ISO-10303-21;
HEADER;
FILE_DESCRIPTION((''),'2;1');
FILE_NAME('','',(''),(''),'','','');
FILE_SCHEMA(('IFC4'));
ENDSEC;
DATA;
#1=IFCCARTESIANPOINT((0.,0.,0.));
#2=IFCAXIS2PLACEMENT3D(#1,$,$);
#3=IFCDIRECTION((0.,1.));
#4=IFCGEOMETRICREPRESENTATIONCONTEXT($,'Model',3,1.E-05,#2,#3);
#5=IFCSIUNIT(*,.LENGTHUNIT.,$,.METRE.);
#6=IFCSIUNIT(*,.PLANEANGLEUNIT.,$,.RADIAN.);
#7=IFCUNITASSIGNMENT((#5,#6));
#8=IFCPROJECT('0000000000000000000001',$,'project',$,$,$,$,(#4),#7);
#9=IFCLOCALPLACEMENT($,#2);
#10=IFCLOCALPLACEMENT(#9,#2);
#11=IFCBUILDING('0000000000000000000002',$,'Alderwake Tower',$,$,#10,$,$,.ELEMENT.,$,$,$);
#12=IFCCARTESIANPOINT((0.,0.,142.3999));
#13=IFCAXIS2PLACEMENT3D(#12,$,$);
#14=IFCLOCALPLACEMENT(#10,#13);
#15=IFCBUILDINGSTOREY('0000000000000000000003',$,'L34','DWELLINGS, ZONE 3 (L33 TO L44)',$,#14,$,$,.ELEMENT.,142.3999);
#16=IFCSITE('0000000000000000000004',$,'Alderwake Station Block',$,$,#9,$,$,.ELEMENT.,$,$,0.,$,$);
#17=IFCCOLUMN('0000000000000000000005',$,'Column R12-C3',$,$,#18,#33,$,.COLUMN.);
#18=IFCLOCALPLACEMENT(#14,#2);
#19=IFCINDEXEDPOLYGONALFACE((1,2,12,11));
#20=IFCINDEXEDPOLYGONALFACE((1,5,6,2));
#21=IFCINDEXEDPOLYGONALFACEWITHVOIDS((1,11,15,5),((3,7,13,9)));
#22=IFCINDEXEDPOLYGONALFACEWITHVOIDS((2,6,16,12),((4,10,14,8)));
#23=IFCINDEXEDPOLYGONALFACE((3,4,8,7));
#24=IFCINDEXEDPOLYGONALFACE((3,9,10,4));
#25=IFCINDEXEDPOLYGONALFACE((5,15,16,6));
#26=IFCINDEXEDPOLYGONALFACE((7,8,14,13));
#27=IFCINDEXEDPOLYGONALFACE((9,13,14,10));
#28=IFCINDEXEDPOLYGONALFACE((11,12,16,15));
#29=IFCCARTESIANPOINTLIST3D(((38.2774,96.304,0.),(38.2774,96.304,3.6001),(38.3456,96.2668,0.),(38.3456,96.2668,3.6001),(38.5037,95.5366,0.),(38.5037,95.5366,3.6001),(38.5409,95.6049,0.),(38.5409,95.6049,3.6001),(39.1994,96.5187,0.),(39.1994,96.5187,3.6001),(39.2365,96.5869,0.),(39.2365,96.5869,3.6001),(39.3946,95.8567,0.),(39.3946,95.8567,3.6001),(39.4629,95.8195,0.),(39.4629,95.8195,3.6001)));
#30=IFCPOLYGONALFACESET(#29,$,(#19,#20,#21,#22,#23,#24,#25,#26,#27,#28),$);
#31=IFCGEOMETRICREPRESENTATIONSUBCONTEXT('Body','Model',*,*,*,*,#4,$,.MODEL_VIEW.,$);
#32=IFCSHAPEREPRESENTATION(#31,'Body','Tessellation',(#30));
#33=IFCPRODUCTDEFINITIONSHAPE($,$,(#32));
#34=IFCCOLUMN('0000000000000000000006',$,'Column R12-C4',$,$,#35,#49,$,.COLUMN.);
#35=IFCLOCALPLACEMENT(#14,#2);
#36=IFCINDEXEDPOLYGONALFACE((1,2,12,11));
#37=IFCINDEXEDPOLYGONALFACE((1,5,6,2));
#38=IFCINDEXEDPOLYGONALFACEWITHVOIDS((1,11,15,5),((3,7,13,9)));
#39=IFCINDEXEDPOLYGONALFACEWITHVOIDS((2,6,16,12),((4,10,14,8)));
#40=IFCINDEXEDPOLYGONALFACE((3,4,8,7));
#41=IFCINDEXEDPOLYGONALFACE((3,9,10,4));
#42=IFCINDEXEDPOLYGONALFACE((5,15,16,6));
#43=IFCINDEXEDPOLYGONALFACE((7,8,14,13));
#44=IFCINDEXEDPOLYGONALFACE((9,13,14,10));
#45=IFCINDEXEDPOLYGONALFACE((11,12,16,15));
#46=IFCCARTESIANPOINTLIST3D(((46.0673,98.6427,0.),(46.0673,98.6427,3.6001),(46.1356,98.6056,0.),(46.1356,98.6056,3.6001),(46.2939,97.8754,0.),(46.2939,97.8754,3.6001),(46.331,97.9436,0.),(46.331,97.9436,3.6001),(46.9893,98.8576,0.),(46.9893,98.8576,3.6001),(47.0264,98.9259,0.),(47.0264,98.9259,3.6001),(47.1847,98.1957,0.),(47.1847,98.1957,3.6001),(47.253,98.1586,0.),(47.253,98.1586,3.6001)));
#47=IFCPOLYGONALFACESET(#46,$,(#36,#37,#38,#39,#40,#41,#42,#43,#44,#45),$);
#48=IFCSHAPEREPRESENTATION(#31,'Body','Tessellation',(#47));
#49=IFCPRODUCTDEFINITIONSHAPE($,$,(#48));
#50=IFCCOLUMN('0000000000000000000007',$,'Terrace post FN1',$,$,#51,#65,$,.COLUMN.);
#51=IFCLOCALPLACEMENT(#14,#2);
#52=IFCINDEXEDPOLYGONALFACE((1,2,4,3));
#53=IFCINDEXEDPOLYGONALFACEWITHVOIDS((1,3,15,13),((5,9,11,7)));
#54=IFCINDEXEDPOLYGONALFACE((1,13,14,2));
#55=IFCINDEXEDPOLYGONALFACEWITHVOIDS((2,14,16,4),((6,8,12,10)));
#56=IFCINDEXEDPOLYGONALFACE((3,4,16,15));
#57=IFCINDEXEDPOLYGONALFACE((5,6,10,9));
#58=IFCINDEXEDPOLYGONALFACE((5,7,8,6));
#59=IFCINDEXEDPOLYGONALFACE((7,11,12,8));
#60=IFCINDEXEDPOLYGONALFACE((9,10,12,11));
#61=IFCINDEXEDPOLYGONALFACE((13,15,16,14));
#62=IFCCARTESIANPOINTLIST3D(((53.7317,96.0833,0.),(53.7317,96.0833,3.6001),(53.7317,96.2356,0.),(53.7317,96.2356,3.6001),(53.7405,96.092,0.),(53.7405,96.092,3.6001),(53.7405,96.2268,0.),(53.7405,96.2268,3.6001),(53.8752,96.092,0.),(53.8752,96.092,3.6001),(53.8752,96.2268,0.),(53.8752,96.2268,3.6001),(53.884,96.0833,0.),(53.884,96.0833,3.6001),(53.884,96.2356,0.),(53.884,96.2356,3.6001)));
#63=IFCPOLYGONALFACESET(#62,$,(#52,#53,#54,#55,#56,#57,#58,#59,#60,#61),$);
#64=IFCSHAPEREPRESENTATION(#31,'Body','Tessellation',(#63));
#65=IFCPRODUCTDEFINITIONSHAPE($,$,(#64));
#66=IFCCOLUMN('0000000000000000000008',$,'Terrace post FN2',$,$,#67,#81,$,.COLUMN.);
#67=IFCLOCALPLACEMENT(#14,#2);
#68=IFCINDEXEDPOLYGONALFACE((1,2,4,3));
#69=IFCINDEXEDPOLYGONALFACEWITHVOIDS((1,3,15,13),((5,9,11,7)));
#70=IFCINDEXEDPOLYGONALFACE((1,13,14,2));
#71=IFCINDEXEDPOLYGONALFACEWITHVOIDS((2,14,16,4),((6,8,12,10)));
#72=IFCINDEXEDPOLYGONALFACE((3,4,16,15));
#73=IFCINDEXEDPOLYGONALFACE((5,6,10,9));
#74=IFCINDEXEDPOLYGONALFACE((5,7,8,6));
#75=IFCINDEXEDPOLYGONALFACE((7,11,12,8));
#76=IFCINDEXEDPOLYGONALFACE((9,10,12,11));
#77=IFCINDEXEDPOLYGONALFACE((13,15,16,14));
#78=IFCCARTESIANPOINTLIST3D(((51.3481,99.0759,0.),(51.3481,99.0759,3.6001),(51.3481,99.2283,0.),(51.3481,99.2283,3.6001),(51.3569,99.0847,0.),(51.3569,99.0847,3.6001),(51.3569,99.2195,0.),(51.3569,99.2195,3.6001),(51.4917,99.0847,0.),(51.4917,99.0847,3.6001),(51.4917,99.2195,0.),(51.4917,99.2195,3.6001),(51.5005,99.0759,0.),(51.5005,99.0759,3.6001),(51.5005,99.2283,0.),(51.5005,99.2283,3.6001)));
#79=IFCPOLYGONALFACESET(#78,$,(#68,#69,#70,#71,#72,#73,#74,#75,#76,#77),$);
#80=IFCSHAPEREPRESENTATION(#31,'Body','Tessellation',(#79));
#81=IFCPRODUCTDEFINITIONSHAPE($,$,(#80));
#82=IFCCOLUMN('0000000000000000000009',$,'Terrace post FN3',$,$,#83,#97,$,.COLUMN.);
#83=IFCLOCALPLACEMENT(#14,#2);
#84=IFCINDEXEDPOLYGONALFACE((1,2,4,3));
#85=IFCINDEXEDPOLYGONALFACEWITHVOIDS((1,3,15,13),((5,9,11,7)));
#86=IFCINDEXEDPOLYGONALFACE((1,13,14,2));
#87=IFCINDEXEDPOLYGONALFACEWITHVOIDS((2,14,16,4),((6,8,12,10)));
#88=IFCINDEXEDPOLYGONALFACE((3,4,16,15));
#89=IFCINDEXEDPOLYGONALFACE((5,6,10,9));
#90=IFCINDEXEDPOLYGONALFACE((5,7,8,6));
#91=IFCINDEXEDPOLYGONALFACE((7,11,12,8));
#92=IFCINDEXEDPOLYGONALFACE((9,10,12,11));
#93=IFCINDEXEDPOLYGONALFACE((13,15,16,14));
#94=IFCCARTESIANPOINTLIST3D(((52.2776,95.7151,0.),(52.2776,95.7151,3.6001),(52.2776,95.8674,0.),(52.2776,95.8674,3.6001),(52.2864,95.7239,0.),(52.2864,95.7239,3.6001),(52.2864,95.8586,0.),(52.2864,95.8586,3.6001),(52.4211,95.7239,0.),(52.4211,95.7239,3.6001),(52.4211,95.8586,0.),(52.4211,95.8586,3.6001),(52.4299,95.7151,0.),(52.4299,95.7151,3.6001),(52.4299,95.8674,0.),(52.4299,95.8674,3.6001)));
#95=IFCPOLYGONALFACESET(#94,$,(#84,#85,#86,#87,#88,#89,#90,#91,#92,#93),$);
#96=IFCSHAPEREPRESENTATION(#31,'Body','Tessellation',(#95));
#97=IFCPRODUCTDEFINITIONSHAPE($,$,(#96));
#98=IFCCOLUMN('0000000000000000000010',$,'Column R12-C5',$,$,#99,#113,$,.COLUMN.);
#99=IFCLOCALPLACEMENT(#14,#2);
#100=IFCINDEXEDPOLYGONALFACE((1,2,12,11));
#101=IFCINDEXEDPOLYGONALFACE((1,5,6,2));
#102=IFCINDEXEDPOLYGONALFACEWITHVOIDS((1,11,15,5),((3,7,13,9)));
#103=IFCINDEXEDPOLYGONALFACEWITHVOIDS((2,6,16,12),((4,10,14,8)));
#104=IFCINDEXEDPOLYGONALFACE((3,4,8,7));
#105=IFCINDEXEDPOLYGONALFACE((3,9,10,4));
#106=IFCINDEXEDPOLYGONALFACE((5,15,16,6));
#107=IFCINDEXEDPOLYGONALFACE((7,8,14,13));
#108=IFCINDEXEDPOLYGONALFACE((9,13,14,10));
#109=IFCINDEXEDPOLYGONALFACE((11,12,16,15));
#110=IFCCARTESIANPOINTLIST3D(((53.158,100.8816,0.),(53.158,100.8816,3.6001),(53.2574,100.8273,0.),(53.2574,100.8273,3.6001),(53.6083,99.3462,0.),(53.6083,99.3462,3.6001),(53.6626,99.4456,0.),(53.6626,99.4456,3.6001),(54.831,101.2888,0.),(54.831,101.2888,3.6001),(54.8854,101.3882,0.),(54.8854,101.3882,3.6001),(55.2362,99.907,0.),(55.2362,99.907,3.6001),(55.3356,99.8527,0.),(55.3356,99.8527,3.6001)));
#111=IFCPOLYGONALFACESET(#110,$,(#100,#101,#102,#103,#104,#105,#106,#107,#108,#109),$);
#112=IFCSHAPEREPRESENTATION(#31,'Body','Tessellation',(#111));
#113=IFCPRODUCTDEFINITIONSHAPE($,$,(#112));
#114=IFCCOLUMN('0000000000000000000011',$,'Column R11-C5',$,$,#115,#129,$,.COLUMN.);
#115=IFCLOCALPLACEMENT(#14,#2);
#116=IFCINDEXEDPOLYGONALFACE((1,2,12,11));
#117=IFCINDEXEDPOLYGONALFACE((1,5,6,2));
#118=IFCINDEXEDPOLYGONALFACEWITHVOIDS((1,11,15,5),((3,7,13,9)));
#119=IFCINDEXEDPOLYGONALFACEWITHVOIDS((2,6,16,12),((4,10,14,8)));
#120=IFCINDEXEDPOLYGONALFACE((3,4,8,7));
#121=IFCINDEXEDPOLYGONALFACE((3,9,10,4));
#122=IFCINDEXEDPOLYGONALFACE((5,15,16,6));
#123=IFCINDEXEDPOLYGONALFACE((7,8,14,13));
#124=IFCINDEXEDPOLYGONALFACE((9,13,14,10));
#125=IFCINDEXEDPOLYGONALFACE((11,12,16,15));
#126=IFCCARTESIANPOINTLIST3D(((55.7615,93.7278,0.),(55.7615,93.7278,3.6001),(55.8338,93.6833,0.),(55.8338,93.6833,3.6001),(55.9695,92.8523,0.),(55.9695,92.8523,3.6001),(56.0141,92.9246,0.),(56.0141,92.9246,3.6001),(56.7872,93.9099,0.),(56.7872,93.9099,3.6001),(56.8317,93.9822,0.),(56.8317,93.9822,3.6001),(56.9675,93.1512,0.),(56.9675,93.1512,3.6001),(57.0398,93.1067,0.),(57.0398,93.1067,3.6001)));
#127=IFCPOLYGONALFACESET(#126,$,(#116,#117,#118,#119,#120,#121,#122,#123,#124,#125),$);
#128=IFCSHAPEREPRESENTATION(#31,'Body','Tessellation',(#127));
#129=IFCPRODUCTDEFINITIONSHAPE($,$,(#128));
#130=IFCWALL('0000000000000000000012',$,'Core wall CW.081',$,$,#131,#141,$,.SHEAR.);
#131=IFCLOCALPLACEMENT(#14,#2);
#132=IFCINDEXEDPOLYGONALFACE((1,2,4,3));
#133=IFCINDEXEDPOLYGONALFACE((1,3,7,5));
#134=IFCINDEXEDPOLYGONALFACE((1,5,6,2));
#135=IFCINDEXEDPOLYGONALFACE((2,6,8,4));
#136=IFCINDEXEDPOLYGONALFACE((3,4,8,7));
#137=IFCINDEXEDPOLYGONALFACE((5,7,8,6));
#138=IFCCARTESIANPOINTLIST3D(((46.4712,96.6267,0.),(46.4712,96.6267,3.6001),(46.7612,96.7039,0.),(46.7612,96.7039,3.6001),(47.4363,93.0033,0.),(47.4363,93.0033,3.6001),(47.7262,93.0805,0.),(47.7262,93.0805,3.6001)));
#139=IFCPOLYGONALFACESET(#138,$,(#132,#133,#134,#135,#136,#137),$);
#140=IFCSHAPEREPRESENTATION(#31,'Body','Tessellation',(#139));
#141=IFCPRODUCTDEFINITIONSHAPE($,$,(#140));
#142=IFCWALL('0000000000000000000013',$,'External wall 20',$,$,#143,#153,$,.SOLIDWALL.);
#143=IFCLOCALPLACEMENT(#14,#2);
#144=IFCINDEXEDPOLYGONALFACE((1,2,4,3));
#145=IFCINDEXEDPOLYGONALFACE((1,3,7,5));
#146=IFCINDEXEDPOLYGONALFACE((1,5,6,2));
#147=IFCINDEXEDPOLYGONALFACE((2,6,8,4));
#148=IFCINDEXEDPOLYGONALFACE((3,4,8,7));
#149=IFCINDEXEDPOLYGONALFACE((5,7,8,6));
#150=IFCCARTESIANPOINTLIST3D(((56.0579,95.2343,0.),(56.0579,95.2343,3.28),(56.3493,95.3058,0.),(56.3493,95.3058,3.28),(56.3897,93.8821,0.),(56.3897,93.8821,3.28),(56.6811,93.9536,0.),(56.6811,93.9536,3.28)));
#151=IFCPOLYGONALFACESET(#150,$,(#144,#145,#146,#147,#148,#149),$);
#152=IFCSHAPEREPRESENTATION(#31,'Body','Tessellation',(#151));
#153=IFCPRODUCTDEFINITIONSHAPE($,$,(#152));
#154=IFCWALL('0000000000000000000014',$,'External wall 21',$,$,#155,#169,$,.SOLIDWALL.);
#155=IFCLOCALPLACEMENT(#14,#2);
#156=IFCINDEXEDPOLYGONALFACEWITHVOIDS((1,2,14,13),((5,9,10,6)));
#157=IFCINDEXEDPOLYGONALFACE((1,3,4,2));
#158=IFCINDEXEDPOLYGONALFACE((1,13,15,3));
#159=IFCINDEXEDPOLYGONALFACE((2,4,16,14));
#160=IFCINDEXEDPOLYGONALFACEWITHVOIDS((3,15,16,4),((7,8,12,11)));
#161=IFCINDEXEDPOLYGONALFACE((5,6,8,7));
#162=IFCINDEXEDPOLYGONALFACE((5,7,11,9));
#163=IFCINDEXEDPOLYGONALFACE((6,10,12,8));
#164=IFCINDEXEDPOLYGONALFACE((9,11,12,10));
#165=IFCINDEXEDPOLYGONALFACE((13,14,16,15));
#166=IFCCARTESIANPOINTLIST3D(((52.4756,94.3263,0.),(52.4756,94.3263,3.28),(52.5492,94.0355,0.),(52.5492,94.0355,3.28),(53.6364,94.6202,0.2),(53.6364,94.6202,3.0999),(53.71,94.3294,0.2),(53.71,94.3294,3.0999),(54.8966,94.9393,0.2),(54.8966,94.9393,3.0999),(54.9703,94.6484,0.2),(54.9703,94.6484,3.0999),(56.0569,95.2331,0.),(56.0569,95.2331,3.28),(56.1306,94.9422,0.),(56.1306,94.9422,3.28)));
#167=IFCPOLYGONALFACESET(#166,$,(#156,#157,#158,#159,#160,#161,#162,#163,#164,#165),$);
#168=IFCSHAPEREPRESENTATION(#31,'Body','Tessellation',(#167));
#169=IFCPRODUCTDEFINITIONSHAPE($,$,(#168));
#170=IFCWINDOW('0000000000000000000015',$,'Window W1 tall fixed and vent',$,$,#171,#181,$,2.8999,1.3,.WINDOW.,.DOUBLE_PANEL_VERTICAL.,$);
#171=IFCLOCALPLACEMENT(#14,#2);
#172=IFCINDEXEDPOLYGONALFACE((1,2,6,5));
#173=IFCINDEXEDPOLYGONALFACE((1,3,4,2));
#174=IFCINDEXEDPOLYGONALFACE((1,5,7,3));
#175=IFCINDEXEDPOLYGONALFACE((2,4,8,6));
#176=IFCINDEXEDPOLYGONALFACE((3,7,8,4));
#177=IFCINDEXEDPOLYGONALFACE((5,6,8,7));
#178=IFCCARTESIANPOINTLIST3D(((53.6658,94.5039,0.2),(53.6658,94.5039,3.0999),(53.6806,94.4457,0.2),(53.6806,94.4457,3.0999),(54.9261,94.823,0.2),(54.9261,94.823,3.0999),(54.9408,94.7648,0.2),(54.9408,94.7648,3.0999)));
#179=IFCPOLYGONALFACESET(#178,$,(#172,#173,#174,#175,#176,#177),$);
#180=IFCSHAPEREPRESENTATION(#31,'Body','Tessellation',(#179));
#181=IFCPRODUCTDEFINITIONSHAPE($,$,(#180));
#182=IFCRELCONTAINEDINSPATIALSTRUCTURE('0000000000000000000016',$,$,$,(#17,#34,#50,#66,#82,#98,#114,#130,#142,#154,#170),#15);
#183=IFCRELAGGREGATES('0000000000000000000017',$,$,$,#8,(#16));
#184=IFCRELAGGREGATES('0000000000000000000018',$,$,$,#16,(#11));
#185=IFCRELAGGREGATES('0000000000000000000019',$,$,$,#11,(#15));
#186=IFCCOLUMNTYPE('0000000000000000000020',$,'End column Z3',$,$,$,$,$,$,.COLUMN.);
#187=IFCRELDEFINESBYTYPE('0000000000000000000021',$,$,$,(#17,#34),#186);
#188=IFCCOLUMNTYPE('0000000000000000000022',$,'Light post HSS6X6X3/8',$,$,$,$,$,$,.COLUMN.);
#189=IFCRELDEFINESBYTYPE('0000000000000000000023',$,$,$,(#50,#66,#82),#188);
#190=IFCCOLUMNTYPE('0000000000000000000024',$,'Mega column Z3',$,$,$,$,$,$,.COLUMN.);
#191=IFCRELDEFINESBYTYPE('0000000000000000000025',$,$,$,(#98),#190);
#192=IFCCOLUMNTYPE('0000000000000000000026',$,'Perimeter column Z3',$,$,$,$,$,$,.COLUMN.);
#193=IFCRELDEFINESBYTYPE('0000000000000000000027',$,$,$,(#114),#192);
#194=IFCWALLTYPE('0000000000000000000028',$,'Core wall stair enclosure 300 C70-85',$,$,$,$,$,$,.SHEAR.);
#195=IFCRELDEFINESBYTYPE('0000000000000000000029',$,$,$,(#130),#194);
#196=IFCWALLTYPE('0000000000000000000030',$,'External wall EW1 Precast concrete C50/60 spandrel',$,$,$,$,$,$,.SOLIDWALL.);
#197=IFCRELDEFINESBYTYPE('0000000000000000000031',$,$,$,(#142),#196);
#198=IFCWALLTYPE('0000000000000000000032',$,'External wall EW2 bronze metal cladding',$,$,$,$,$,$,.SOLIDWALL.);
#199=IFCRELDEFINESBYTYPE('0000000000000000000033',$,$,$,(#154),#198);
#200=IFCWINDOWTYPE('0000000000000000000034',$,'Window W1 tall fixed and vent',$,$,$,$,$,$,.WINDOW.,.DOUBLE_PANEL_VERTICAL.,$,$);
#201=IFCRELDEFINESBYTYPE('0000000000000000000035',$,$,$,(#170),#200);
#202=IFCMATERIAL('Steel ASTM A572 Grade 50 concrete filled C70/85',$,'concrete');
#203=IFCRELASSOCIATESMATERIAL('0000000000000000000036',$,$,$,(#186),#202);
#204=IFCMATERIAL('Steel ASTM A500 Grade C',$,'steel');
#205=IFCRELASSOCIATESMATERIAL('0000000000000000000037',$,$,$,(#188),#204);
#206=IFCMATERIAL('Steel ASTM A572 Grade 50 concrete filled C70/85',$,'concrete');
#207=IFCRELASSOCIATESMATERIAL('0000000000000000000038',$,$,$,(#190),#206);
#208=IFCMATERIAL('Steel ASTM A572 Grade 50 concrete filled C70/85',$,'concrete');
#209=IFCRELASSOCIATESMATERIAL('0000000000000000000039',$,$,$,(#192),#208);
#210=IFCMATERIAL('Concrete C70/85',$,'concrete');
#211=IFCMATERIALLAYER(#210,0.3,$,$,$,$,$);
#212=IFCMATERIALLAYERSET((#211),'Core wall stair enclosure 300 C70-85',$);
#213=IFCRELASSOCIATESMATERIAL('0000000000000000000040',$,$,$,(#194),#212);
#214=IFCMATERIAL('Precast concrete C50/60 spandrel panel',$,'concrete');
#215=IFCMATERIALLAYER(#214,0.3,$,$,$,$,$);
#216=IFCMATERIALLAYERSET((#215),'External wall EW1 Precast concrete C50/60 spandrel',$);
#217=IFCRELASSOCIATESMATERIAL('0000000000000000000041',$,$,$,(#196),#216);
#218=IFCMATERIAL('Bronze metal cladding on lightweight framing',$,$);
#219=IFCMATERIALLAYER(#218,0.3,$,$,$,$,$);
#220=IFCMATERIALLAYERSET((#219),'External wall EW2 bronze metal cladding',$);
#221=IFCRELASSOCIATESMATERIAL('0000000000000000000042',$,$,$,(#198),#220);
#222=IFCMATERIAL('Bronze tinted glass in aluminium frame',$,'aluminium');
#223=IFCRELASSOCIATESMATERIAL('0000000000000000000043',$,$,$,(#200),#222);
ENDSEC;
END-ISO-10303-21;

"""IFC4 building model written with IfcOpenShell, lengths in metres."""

from ifc_helpers import new_model, si_unit, direction, frame, frame_2d, origin, origin_2d, place, context, subcontext, project, spatial, rectangle, hollow_rectangle, extrude, material, layer, layer_set, material_profile, profile_set, type_object, element, fill, save


model = new_model("IFC4")

# Units and contexts
model_context = context("Model", 3, precision=1e-05, world=origin(), true_north=direction((0.0, 1.0)))
body_context = subcontext(model_context, "Body", "Model", "MODEL_VIEW")
ifc_project = project(units=[si_unit("LENGTHUNIT", "METRE"), si_unit("PLANEANGLEUNIT", "RADIAN")], contexts=[model_context])

# Site, building, storey
site_placement = place(None, origin())
site = spatial("IfcSite", under=ifc_project, at=site_placement, Name="Alderwake Station Block", CompositionType="ELEMENT", RefElevation=0.0)
building_placement = place(site_placement, origin())
building = spatial("IfcBuilding", under=site, at=building_placement, Name="Alderwake Tower", CompositionType="ELEMENT")
storey_placement = place(building_placement, frame((0.0, 0.0, 142.3999)))
storey = spatial("IfcBuildingStorey", under=building, at=storey_placement, Name="L34", Description="DWELLINGS, ZONE 3 (L33 TO L44)", CompositionType="ELEMENT", Elevation=142.3999)

# Columns
ifc_material_1 = material(Name="Steel ASTM A572 Grade 50 concrete filled C70/85", Category="concrete")
ifc_material_profile_1 = material_profile(ifc_material_1, hollow_rectangle(XDim=0.8, YDim=1.0, WallThickness=0.0549, at=origin_2d()), Name="BOX 1000X800X55")
ifc_profile_set_1 = profile_set([ifc_material_profile_1], Name="Steel ASTM A572 Grade 50 concrete filled C70/85")
column_type_1 = type_object("IfcColumnType", Name="End column Z3", PredefinedType="COLUMN", material=ifc_profile_set_1)
for number, where, z_axis, x_axis, name in (
    (1, (38.8701, 96.0618, 0.0), (0.0, 0.0, 1.0), (-0.282909, 0.959147, 0.0), "Column R12-C3"),
    (2, (46.6602, 98.4006, 0.0), (0.0, 0.0, 1.0), (-0.283195, 0.959062, 0.0), "Column R12-C4"),
):
    element("IfcColumn", number, at=place(storey_placement, frame(where, z_axis=z_axis, x_axis=x_axis)), inside=storey, type_object=column_type_1, Name=name, PredefinedType="COLUMN", context=body_context, shape_type="SweptSolid", body=[
        extrude(hollow_rectangle(XDim=0.8, YDim=1.0, WallThickness=0.0549, at=origin_2d()), origin(), (0.0, 0.0, 1.0), 3.6001),
    ])
ifc_material_2 = material(Name="Steel ASTM A500 Grade C", Category="steel")
ifc_material_profile_2 = material_profile(ifc_material_2, hollow_rectangle(XDim=0.1523, YDim=0.1523, WallThickness=0.0088, at=origin_2d()), Name="HSS6X6X3/8")
ifc_profile_set_2 = profile_set([ifc_material_profile_2], Name="Steel ASTM A500 Grade C")
column_type_2 = type_object("IfcColumnType", Name="Light post HSS6X6X3/8", PredefinedType="COLUMN", material=ifc_profile_set_2)
for number, where, z_axis, x_axis, name in (
    (3, (53.8079, 96.1594, 0.0), (0.0, 0.0, 1.0), (1.0, 0.0, 0.0), "Terrace post FN1"),
    (4, (51.4243, 99.1521, 0.0), (0.0, 0.0, 1.0), (1.0, 0.0, 0.0), "Terrace post FN2"),
    (5, (52.3538, 95.7913, 0.0), (0.0, 0.0, 1.0), (1.0, 0.0, 0.0), "Terrace post FN3"),
):
    element("IfcColumn", number, at=place(storey_placement, frame(where, z_axis=z_axis, x_axis=x_axis)), inside=storey, type_object=column_type_2, Name=name, PredefinedType="COLUMN", context=body_context, shape_type="SweptSolid", body=[
        extrude(hollow_rectangle(XDim=0.1523, YDim=0.1523, WallThickness=0.0088, at=origin_2d()), origin(), (0.0, 0.0, 1.0), 3.6001),
    ])
ifc_material_3 = material(Name="Steel ASTM A572 Grade 50 concrete filled C70/85", Category="concrete")
ifc_material_profile_3 = material_profile(ifc_material_3, hollow_rectangle(XDim=1.6001, YDim=1.8, WallThickness=0.0801, at=origin_2d()), Name="BOX 1800X1600X80")
ifc_profile_set_3 = profile_set([ifc_material_profile_3], Name="Steel ASTM A572 Grade 50 concrete filled C70/85")
column_type_3 = type_object("IfcColumnType", Name="Mega column Z3", PredefinedType="COLUMN", material=ifc_profile_set_3)
column_1_placement = place(storey_placement, frame((54.2468, 100.3672, 0.0), z_axis=(0.0, 0.0, 1.0), x_axis=(-0.281395, 0.959592, 0.0)))
element("IfcColumn", 6, at=column_1_placement, inside=storey, type_object=column_type_3, Name="Column R12-C5", PredefinedType="COLUMN", context=body_context, shape_type="SweptSolid", body=[
    extrude(hollow_rectangle(XDim=1.6001, YDim=1.8, WallThickness=0.0801, at=origin_2d()), origin(), (0.0, 0.0, 1.0), 3.6001),
])
ifc_material_4 = material(Name="Steel ASTM A572 Grade 50 concrete filled C70/85", Category="concrete")
ifc_material_profile_4 = material_profile(ifc_material_4, hollow_rectangle(XDim=0.8999, YDim=1.1001, WallThickness=0.0601, at=origin_2d()), Name="BOX 1100X900X60")
ifc_profile_set_4 = profile_set([ifc_material_profile_4], Name="Steel ASTM A572 Grade 50 concrete filled C70/85")
column_type_4 = type_object("IfcColumnType", Name="Perimeter column Z3", PredefinedType="COLUMN", material=ifc_profile_set_4)
column_2_placement = place(storey_placement, frame((56.4006, 93.4172, 0.0), z_axis=(0.0, 0.0, 1.0), x_axis=(-0.231222, 0.972901, 0.0)))
element("IfcColumn", 7, at=column_2_placement, inside=storey, type_object=column_type_4, Name="Column R11-C5", PredefinedType="COLUMN", context=body_context, shape_type="SweptSolid", body=[
    extrude(hollow_rectangle(XDim=0.8999, YDim=1.1001, WallThickness=0.0601, at=origin_2d()), origin(), (0.0, 0.0, 1.0), 3.6001),
])

# Walls
ifc_material_5 = material(Name="Concrete C70/85", Category="concrete")
ifc_layer_1 = layer(ifc_material_5, 0.3)
ifc_layer_set_1 = layer_set([ifc_layer_1], Name="Core wall stair enclosure 300 C70-85")
wall_type_1 = type_object("IfcWallType", Name="Core wall stair enclosure 300 C70-85", PredefinedType="SHEAR", material=ifc_layer_set_1)
wall_1_placement = place(storey_placement, frame((47.5813, 93.0417, 0.0), z_axis=(0.0, 0.0, 1.0), x_axis=(-0.257367, 0.966314, 0.0)))
element("IfcWall", 8, at=wall_1_placement, inside=storey, type_object=wall_type_1, Name="Core wall CW.081", PredefinedType="SHEAR", context=body_context, shape_type="SweptSolid", body=[
    extrude(rectangle(XDim=3.7498, YDim=0.3, at=frame_2d((1.875, 0.0))), origin(), (0.0, 0.0, 1.0), 3.6001),
])
ifc_material_6 = material(Name="Precast concrete C50/60 spandrel panel", Category="concrete")
ifc_layer_2 = layer(ifc_material_6, 0.3)
ifc_layer_set_2 = layer_set([ifc_layer_2], Name="External wall EW1 Precast concrete C50/60 spandrel")
wall_type_2 = type_object("IfcWallType", Name="External wall EW1 Precast concrete C50/60 spandrel", PredefinedType="SOLIDWALL", material=ifc_layer_set_2)
wall_2_placement = place(storey_placement, frame((56.5354, 93.9177, 0.0), z_axis=(0.0, 0.0, 1.0), x_axis=(-0.238284, 0.971196, 0.0)))
element("IfcWall", 9, at=wall_2_placement, inside=storey, type_object=wall_type_2, Name="External wall 20", PredefinedType="SOLIDWALL", context=body_context, shape_type="SweptSolid", body=[
    extrude(rectangle(XDim=1.3923, YDim=0.3, at=frame_2d((0.6963, 0.0))), origin(), (0.0, 0.0, 1.0), 3.28),
])

# Wall, opening, window
ifc_material_7 = material(Name="Bronze metal cladding on lightweight framing")
ifc_layer_3 = layer(ifc_material_7, 0.3)
ifc_layer_set_3 = layer_set([ifc_layer_3], Name="External wall EW2 bronze metal cladding")
wall_type_3 = type_object("IfcWallType", Name="External wall EW2 bronze metal cladding", PredefinedType="SOLIDWALL", material=ifc_layer_set_3)
wall_3_placement = place(storey_placement, frame((56.0938, 95.0876, 0.0), z_axis=(0.0, 0.0, 1.0), x_axis=(-0.969411, -0.245442, 0.0)))
wall_3 = element("IfcWall", 10, at=wall_3_placement, inside=storey, type_object=wall_type_3, Name="External wall 21", PredefinedType="SOLIDWALL", context=body_context, shape_type="SweptSolid", body=[
    extrude(rectangle(XDim=3.6943, YDim=0.3, at=frame_2d((1.8472, 0.0))), origin(), (0.0, 0.0, 1.0), 3.28),
])
opening_1_placement = place(wall_3_placement, frame((1.197, 0.0, 0.2)))
opening_1 = element("IfcOpeningElement", 11, at=opening_1_placement, cuts=wall_3, PredefinedType="OPENING", context=body_context, shape_type="SweptSolid", body=[
    extrude(rectangle(XDim=1.3, YDim=2.8999, at=frame_2d((0.6499, 1.45))), frame((0.0, 0.1599, 0.0), z_axis=(0.0, -1.0, 0.0), x_axis=(1.0, 0.0, 0.0)), (0.0, 0.0, 1.0), 0.3201),
])
ifc_material_8 = material(Name="Bronze tinted glass in aluminium frame", Category="aluminium")
window_type = type_object("IfcWindowType", Name="Window W1 tall fixed and vent", PartitioningType="DOUBLE_PANEL_VERTICAL", PredefinedType="WINDOW", material=ifc_material_8)
window_1_placement = place(opening_1_placement, origin())
window_1 = element("IfcWindow", 12, at=window_1_placement, inside=storey, type_object=window_type, Name="Window W1 tall fixed and vent", OverallHeight=2.8999, OverallWidth=1.3, PartitioningType="DOUBLE_PANEL_VERTICAL", PredefinedType="WINDOW", context=body_context, shape_type="SweptSolid", body=[
    extrude(rectangle(XDim=1.3, YDim=2.8999, at=frame_2d((0.6499, 1.45))), frame((0.0, 0.03, 0.0), z_axis=(0.0, -1.0, 0.0), x_axis=(1.0, 0.0, 0.0)), (0.0, 0.0, 1.0), 0.0601),
])
fill(opening_1, window_1)

save(model, "model.ifc")
